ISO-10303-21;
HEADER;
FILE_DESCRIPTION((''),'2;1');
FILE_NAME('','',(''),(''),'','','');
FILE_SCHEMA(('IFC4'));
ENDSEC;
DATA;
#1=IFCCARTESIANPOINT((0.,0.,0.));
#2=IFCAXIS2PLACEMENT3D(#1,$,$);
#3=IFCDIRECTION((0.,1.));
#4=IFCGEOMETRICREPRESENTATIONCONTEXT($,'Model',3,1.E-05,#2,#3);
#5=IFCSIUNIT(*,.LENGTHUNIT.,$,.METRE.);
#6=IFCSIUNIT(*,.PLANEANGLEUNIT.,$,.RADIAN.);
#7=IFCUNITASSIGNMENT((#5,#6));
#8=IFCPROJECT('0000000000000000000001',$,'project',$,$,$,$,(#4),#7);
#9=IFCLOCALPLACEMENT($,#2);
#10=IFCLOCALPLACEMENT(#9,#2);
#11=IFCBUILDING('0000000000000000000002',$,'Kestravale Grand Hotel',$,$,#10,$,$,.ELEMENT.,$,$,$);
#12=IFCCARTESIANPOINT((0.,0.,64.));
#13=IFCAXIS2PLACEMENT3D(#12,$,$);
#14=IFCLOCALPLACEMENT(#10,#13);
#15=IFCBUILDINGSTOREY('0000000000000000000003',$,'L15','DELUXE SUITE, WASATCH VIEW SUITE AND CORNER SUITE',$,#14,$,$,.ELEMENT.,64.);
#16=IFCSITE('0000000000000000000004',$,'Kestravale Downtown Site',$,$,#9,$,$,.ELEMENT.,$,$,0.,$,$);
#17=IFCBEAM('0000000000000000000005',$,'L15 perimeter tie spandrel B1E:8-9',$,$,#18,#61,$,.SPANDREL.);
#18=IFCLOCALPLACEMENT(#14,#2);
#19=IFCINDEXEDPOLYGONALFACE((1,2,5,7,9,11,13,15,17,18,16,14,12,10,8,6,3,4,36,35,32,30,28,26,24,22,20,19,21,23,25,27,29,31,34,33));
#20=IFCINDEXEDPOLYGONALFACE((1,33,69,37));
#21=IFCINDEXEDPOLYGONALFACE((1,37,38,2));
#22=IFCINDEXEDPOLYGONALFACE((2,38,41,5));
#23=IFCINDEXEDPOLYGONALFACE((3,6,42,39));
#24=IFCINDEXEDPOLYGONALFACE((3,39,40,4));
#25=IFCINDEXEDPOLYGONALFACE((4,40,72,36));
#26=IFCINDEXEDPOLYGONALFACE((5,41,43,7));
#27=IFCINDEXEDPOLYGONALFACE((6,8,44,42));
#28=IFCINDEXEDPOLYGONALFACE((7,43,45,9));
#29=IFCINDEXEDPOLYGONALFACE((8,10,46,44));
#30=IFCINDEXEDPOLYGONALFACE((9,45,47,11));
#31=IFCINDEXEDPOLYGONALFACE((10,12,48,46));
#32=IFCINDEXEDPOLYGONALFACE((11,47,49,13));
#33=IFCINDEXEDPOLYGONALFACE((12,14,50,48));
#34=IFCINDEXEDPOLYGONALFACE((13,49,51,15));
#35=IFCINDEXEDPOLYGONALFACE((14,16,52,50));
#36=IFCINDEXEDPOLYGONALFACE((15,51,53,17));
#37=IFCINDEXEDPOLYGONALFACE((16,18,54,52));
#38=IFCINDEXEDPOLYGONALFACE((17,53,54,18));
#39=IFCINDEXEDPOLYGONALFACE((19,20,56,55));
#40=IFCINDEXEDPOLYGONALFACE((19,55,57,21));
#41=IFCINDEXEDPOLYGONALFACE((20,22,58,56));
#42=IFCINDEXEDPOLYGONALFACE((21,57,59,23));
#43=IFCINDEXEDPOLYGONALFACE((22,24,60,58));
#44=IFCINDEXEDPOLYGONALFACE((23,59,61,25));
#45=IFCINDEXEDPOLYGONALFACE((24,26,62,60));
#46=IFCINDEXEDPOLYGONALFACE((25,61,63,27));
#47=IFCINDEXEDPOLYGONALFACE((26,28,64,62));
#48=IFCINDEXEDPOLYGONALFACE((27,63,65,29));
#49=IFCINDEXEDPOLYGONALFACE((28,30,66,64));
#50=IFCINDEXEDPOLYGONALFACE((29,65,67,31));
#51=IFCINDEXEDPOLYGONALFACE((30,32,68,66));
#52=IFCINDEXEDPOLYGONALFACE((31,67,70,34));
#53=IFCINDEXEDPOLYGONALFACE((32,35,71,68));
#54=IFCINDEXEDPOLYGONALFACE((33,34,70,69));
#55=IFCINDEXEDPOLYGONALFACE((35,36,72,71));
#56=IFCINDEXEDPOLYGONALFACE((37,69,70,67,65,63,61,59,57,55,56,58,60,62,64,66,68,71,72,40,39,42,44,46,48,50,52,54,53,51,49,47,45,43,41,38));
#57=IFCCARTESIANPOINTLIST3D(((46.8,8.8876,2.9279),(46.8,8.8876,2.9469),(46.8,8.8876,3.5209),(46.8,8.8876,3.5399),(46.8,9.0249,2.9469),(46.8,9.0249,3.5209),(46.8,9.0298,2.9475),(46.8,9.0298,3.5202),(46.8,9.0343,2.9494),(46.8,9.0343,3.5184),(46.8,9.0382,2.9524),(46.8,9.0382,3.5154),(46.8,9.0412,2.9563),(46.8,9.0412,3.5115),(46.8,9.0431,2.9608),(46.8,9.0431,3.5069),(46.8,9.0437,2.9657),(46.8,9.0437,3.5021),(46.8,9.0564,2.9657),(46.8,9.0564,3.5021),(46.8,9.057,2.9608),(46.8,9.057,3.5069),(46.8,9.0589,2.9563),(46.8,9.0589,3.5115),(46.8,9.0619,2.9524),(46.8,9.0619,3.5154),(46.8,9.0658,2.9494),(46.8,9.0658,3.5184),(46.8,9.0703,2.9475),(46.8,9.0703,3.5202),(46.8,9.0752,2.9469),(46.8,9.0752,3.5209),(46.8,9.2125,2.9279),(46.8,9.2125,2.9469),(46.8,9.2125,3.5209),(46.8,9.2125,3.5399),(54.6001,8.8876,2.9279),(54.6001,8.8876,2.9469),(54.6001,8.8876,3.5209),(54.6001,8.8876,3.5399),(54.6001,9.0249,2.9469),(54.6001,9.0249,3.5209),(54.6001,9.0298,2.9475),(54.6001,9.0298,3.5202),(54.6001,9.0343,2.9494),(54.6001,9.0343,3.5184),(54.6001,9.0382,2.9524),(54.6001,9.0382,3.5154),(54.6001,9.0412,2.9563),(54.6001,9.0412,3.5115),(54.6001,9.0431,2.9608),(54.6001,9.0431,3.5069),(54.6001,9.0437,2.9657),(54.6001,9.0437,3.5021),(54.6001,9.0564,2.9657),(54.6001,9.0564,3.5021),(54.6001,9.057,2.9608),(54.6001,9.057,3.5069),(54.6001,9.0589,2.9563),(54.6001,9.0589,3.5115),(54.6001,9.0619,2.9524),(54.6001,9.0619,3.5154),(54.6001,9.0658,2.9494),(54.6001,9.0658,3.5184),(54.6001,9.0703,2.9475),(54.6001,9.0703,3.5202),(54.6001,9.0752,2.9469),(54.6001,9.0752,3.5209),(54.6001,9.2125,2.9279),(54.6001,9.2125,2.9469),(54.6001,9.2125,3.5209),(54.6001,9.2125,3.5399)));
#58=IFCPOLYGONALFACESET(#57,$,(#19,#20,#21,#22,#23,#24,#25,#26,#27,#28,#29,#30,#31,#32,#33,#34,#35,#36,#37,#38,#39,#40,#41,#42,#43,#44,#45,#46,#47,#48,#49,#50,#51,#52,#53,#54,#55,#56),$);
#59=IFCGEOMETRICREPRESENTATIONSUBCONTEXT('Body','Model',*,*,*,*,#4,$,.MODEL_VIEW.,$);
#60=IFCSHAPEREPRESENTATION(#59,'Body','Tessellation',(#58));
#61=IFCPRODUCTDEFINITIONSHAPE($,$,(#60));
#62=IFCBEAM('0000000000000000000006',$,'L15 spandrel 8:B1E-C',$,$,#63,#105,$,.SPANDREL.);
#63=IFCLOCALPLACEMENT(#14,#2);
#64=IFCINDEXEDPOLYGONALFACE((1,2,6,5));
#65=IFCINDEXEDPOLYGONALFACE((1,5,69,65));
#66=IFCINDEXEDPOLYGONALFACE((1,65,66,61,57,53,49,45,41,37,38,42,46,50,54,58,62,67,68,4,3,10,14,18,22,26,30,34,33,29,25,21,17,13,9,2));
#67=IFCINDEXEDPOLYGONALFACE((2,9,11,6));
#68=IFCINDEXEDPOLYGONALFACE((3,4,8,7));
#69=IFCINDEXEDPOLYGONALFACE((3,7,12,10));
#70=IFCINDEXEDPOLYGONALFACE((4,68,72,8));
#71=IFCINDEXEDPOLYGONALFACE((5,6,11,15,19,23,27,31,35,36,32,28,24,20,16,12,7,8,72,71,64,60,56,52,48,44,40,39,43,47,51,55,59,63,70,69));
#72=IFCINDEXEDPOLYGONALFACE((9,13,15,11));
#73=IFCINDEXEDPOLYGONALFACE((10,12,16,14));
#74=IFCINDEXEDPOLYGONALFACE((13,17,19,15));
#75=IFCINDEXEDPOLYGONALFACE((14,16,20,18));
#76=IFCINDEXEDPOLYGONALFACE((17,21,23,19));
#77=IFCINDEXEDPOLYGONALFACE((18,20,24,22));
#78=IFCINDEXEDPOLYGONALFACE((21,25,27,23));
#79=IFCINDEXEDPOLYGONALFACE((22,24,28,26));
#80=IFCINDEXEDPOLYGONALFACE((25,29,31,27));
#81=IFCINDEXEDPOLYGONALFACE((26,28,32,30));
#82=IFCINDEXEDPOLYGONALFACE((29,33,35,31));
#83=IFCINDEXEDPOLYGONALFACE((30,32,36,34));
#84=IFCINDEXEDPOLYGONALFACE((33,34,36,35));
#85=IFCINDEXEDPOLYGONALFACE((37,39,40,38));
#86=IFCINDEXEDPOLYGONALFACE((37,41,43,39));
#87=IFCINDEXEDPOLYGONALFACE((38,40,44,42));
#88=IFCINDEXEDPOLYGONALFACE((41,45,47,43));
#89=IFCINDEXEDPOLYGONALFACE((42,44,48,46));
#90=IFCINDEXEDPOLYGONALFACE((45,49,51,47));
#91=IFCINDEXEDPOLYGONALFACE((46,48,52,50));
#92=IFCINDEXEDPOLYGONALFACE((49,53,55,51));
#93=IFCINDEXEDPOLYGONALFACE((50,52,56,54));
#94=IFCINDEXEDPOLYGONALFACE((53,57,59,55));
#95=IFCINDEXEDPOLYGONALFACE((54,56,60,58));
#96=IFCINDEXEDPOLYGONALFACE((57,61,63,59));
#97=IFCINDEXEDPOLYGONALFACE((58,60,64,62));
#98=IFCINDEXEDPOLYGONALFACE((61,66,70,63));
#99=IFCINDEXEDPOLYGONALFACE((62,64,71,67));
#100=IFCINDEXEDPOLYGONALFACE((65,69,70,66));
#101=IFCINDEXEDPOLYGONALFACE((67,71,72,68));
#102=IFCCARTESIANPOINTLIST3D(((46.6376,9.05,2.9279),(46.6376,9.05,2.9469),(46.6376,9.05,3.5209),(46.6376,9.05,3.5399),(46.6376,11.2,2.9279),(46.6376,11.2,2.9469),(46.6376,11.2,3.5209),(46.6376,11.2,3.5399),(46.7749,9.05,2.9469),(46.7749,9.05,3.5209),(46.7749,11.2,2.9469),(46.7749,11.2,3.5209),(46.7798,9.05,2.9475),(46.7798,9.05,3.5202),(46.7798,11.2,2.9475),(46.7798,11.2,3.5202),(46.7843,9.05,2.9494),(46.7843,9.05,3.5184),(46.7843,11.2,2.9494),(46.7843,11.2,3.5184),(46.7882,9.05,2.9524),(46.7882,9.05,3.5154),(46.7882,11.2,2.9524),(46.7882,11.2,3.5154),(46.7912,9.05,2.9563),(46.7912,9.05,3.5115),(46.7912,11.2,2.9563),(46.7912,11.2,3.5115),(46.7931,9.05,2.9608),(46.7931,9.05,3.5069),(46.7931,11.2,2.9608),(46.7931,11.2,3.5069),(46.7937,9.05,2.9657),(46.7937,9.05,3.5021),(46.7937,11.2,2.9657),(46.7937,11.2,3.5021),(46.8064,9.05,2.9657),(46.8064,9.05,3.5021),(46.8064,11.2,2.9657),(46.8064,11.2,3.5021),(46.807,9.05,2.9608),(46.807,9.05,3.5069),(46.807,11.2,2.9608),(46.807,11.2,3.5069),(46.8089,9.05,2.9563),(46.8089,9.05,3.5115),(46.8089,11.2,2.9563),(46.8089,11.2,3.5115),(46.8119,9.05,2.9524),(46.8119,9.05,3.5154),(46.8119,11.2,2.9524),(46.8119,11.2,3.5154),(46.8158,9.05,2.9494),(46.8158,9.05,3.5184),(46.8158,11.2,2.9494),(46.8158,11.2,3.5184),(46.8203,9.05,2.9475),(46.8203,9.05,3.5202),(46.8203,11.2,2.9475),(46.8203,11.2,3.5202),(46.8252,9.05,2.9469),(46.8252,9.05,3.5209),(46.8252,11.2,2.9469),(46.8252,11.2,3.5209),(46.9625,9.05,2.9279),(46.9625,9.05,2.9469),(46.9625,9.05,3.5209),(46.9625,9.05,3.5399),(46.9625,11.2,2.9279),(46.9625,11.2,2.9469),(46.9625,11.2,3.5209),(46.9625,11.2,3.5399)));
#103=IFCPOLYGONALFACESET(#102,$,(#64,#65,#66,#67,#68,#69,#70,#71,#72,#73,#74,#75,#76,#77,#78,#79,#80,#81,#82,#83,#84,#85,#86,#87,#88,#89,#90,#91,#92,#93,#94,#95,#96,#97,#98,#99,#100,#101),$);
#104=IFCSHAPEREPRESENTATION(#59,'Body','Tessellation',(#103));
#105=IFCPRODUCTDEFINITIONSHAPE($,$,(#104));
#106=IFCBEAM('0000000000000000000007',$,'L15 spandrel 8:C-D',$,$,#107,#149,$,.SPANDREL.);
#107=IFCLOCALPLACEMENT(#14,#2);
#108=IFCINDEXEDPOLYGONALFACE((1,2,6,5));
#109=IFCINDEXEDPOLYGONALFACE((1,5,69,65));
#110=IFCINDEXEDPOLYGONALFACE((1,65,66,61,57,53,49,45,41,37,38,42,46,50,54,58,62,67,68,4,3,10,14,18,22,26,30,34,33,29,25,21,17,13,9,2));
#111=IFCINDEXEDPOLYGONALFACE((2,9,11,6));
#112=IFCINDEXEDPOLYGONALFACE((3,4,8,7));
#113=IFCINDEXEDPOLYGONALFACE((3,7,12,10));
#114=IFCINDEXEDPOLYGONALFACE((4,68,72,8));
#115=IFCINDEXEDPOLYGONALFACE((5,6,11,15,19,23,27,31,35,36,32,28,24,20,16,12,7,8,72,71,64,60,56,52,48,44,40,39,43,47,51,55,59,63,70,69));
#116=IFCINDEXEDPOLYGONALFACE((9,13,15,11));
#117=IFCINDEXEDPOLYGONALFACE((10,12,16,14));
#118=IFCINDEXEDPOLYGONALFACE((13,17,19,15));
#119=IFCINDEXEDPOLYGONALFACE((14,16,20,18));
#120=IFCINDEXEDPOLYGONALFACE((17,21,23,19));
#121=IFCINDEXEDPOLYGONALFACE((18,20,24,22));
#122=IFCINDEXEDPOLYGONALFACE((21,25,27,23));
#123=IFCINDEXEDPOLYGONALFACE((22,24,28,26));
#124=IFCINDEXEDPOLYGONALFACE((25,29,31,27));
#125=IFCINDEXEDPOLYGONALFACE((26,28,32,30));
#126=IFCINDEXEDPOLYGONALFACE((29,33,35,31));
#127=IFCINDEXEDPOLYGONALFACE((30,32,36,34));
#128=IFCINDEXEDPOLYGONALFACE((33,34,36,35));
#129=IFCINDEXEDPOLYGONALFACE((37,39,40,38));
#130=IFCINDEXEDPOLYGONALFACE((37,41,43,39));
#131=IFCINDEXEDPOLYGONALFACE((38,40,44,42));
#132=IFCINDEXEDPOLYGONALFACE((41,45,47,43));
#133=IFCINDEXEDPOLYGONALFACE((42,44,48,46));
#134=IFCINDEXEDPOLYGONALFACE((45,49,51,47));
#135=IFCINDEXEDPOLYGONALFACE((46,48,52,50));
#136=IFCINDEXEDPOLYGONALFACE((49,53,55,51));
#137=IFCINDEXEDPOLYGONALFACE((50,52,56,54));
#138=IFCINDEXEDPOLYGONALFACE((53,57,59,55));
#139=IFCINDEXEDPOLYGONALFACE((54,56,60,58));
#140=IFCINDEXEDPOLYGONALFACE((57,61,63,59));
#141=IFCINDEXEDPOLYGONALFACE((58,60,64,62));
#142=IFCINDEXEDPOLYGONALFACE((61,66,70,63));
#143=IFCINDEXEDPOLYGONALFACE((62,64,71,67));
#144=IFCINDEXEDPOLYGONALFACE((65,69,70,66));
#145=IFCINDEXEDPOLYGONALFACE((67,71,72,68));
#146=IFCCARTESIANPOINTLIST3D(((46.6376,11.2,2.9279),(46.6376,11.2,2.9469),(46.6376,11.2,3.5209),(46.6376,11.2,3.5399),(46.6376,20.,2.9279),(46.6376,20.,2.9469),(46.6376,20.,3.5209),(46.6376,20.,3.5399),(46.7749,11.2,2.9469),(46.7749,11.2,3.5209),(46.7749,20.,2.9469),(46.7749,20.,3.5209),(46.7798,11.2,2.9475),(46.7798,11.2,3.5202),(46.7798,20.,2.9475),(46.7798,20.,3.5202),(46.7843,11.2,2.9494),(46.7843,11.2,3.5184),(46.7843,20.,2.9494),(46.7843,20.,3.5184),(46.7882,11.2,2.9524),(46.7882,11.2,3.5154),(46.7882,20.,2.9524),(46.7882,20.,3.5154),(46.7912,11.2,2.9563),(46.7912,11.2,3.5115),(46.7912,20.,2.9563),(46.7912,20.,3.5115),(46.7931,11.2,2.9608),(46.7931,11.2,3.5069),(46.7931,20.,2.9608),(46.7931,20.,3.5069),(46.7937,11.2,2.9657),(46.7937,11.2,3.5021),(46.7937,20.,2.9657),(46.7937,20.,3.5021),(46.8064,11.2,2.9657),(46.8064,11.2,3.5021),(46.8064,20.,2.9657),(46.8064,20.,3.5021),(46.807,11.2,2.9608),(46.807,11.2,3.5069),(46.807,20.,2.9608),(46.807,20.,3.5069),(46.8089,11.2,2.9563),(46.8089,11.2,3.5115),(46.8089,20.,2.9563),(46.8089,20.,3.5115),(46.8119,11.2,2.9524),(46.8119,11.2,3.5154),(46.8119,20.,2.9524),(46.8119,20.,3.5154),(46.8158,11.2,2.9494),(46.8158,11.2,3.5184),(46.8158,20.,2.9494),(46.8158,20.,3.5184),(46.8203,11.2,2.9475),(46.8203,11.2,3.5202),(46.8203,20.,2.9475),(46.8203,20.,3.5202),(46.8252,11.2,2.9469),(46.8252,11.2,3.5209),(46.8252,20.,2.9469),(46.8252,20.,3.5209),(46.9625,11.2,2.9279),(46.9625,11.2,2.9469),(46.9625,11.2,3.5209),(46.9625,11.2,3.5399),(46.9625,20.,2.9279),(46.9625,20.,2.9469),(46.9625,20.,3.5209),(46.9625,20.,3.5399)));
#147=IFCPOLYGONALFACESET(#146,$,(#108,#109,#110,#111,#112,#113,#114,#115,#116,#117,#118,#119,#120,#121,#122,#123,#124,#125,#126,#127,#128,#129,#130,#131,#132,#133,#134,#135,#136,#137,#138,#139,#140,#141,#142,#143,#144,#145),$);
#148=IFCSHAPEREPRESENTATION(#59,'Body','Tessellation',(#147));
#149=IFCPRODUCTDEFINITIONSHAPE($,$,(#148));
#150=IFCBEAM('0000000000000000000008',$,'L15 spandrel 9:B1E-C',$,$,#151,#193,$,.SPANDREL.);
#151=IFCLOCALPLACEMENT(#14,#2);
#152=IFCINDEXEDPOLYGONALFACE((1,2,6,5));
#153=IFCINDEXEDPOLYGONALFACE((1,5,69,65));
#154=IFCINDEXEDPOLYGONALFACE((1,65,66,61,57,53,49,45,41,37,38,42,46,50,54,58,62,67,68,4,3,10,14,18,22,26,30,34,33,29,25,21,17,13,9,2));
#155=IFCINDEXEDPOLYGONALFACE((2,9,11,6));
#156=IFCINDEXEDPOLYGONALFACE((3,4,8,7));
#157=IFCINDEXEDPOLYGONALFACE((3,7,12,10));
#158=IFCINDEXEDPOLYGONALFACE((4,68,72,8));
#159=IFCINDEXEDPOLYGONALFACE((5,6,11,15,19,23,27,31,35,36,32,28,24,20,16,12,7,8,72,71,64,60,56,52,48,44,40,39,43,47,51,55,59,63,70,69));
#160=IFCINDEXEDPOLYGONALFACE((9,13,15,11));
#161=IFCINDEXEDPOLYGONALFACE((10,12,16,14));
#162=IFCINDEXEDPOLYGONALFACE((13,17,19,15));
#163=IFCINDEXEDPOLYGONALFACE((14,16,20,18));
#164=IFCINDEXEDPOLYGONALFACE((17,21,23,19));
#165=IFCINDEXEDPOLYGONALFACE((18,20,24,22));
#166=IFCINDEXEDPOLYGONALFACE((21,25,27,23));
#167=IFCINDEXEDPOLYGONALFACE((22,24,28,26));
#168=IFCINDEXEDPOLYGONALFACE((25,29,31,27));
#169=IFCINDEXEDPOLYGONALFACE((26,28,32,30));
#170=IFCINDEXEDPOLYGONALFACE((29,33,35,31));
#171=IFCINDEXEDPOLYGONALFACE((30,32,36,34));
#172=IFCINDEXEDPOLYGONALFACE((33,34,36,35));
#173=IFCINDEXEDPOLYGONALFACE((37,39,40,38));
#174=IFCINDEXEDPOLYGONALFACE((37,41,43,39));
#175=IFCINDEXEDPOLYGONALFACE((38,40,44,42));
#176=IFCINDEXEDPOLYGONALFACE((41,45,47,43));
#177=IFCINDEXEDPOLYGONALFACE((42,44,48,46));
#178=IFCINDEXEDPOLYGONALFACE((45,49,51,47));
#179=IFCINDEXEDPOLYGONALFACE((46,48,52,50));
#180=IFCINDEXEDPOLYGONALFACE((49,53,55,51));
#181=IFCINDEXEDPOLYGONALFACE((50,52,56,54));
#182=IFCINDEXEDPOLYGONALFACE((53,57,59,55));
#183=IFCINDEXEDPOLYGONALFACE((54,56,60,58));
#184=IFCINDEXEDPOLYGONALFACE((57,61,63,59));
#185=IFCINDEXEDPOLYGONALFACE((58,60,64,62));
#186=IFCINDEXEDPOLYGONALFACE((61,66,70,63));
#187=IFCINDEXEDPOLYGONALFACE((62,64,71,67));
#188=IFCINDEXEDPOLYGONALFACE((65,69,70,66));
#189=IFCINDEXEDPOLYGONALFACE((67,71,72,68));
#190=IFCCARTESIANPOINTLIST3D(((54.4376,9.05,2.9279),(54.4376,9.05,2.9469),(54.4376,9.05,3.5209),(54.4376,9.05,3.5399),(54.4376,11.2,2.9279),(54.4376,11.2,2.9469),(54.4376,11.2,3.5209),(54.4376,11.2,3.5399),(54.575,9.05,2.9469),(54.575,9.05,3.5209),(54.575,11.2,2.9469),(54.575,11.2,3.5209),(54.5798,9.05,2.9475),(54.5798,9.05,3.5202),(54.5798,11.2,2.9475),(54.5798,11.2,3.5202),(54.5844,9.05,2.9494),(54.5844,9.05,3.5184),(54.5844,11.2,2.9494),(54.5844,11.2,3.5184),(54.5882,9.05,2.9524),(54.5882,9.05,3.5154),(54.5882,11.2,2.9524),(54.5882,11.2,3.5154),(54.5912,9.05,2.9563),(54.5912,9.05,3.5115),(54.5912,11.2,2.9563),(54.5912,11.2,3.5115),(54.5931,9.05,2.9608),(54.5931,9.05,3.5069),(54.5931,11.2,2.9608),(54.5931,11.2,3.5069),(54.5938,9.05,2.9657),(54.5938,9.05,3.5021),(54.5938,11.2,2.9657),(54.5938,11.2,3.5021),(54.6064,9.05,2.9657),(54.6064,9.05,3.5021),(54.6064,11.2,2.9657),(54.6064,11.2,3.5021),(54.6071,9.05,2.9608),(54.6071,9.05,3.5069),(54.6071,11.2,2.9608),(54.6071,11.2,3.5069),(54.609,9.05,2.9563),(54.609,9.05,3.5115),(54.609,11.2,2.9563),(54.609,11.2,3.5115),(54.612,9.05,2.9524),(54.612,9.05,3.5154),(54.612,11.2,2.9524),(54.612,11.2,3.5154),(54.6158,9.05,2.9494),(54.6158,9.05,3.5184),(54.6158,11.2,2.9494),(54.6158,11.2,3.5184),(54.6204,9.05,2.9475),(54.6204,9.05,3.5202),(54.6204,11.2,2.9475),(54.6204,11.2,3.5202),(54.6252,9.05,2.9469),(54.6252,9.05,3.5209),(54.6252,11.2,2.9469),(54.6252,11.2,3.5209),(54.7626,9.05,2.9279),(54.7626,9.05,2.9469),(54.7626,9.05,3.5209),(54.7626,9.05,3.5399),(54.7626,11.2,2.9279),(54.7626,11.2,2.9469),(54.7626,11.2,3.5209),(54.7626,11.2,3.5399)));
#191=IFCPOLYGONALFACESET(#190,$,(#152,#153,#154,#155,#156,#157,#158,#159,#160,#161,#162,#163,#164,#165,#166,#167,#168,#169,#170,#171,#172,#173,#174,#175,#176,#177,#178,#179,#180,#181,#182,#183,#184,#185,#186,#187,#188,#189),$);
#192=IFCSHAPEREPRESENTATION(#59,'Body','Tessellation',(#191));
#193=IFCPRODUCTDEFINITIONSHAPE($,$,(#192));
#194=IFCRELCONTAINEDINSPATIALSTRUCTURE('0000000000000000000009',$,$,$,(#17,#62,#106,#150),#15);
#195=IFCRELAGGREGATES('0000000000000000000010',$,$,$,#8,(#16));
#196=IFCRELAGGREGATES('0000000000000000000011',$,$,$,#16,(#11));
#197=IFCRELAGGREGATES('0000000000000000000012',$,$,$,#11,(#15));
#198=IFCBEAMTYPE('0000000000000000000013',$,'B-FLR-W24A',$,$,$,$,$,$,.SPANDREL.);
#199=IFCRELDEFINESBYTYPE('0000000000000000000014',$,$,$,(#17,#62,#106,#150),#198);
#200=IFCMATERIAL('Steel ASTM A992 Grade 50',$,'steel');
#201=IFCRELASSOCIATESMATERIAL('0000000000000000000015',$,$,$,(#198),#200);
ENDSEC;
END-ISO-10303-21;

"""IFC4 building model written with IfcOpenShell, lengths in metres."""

from ifc_helpers import new_model, si_unit, direction, frame, origin, origin_2d, place, context, subcontext, project, spatial, i_section, extrude, material, material_profile, profile_set, type_object, element, save


model = new_model("IFC4")

# Units and contexts
model_context = context("Model", 3, precision=1e-05, world=origin(), true_north=direction((0.0, 1.0)))
body_context = subcontext(model_context, "Body", "Model", "MODEL_VIEW")
ifc_project = project(units=[si_unit("LENGTHUNIT", "METRE"), si_unit("PLANEANGLEUNIT", "RADIAN")], contexts=[model_context])

# Site, building, storey
site_placement = place(None, origin())
site = spatial("IfcSite", under=ifc_project, at=site_placement, Name="Kestravale Downtown Site", CompositionType="ELEMENT", RefElevation=0.0)
building_placement = place(site_placement, origin())
building = spatial("IfcBuilding", under=site, at=building_placement, Name="Kestravale Grand Hotel", CompositionType="ELEMENT")
storey_placement = place(building_placement, frame((0.0, 0.0, 64.0)))
storey = spatial("IfcBuildingStorey", under=building, at=storey_placement, Name="L15", Description="DELUXE SUITE, WASATCH VIEW SUITE AND CORNER SUITE", CompositionType="ELEMENT", Elevation=64.0)

# Beams
ifc_material_1 = material(Name="Steel ASTM A992 Grade 50", Category="steel")
ifc_material_profile_1 = material_profile(ifc_material_1, i_section(OverallWidth=0.325, OverallDepth=0.6121, WebThickness=0.0127, FlangeThickness=0.019, FilletRadius=0.0188, at=origin_2d()))
ifc_profile_set_1 = profile_set([ifc_material_profile_1], Name="Steel ASTM A992 Grade 50")
beam_type_1 = type_object("IfcBeamType", Name="B-FLR-W24A", PredefinedType="SPANDREL", material=ifc_profile_set_1)
beam_1_placement = place(storey_placement, frame((46.8, 9.05, 3.2339), z_axis=(1.0, 0.0, 0.0), x_axis=(0.0, 1.0, 0.0)))
element("IfcBeam", 1, at=beam_1_placement, inside=storey, type_object=beam_type_1, Name="L15 perimeter tie spandrel B1E:8-9", PredefinedType="SPANDREL", context=body_context, shape_type="SweptSolid", body=[
    extrude(i_section(OverallWidth=0.325, OverallDepth=0.6121, WebThickness=0.0127, FlangeThickness=0.019, FilletRadius=0.0188, at=origin_2d()), origin(), (0.0, 0.0, 1.0), 7.8),
])
beam_2_placement = place(storey_placement, frame((46.8, 9.05, 3.2339), z_axis=(0.0, 1.0, 0.0), x_axis=(-1.0, 0.0, 0.0)))
element("IfcBeam", 2, at=beam_2_placement, inside=storey, type_object=beam_type_1, Name="L15 spandrel 8:B1E-C", PredefinedType="SPANDREL", context=body_context, shape_type="SweptSolid", body=[
    extrude(i_section(OverallWidth=0.325, OverallDepth=0.6121, WebThickness=0.0127, FlangeThickness=0.019, FilletRadius=0.0188, at=origin_2d()), origin(), (0.0, 0.0, 1.0), 2.1499),
])
beam_3_placement = place(storey_placement, frame((46.8, 11.2, 3.2339), z_axis=(0.0, 1.0, 0.0), x_axis=(-1.0, 0.0, 0.0)))
element("IfcBeam", 3, at=beam_3_placement, inside=storey, type_object=beam_type_1, Name="L15 spandrel 8:C-D", PredefinedType="SPANDREL", context=body_context, shape_type="SweptSolid", body=[
    extrude(i_section(OverallWidth=0.325, OverallDepth=0.6121, WebThickness=0.0127, FlangeThickness=0.019, FilletRadius=0.0188, at=origin_2d()), origin(), (0.0, 0.0, 1.0), 8.8),
])
beam_4_placement = place(storey_placement, frame((54.6001, 9.05, 3.2339), z_axis=(0.0, 1.0, 0.0), x_axis=(-1.0, 0.0, 0.0)))
element("IfcBeam", 4, at=beam_4_placement, inside=storey, type_object=beam_type_1, Name="L15 spandrel 9:B1E-C", PredefinedType="SPANDREL", context=body_context, shape_type="SweptSolid", body=[
    extrude(i_section(OverallWidth=0.325, OverallDepth=0.6121, WebThickness=0.0127, FlangeThickness=0.019, FilletRadius=0.0188, at=origin_2d()), origin(), (0.0, 0.0, 1.0), 2.1499),
])

save(model, "model.ifc")
